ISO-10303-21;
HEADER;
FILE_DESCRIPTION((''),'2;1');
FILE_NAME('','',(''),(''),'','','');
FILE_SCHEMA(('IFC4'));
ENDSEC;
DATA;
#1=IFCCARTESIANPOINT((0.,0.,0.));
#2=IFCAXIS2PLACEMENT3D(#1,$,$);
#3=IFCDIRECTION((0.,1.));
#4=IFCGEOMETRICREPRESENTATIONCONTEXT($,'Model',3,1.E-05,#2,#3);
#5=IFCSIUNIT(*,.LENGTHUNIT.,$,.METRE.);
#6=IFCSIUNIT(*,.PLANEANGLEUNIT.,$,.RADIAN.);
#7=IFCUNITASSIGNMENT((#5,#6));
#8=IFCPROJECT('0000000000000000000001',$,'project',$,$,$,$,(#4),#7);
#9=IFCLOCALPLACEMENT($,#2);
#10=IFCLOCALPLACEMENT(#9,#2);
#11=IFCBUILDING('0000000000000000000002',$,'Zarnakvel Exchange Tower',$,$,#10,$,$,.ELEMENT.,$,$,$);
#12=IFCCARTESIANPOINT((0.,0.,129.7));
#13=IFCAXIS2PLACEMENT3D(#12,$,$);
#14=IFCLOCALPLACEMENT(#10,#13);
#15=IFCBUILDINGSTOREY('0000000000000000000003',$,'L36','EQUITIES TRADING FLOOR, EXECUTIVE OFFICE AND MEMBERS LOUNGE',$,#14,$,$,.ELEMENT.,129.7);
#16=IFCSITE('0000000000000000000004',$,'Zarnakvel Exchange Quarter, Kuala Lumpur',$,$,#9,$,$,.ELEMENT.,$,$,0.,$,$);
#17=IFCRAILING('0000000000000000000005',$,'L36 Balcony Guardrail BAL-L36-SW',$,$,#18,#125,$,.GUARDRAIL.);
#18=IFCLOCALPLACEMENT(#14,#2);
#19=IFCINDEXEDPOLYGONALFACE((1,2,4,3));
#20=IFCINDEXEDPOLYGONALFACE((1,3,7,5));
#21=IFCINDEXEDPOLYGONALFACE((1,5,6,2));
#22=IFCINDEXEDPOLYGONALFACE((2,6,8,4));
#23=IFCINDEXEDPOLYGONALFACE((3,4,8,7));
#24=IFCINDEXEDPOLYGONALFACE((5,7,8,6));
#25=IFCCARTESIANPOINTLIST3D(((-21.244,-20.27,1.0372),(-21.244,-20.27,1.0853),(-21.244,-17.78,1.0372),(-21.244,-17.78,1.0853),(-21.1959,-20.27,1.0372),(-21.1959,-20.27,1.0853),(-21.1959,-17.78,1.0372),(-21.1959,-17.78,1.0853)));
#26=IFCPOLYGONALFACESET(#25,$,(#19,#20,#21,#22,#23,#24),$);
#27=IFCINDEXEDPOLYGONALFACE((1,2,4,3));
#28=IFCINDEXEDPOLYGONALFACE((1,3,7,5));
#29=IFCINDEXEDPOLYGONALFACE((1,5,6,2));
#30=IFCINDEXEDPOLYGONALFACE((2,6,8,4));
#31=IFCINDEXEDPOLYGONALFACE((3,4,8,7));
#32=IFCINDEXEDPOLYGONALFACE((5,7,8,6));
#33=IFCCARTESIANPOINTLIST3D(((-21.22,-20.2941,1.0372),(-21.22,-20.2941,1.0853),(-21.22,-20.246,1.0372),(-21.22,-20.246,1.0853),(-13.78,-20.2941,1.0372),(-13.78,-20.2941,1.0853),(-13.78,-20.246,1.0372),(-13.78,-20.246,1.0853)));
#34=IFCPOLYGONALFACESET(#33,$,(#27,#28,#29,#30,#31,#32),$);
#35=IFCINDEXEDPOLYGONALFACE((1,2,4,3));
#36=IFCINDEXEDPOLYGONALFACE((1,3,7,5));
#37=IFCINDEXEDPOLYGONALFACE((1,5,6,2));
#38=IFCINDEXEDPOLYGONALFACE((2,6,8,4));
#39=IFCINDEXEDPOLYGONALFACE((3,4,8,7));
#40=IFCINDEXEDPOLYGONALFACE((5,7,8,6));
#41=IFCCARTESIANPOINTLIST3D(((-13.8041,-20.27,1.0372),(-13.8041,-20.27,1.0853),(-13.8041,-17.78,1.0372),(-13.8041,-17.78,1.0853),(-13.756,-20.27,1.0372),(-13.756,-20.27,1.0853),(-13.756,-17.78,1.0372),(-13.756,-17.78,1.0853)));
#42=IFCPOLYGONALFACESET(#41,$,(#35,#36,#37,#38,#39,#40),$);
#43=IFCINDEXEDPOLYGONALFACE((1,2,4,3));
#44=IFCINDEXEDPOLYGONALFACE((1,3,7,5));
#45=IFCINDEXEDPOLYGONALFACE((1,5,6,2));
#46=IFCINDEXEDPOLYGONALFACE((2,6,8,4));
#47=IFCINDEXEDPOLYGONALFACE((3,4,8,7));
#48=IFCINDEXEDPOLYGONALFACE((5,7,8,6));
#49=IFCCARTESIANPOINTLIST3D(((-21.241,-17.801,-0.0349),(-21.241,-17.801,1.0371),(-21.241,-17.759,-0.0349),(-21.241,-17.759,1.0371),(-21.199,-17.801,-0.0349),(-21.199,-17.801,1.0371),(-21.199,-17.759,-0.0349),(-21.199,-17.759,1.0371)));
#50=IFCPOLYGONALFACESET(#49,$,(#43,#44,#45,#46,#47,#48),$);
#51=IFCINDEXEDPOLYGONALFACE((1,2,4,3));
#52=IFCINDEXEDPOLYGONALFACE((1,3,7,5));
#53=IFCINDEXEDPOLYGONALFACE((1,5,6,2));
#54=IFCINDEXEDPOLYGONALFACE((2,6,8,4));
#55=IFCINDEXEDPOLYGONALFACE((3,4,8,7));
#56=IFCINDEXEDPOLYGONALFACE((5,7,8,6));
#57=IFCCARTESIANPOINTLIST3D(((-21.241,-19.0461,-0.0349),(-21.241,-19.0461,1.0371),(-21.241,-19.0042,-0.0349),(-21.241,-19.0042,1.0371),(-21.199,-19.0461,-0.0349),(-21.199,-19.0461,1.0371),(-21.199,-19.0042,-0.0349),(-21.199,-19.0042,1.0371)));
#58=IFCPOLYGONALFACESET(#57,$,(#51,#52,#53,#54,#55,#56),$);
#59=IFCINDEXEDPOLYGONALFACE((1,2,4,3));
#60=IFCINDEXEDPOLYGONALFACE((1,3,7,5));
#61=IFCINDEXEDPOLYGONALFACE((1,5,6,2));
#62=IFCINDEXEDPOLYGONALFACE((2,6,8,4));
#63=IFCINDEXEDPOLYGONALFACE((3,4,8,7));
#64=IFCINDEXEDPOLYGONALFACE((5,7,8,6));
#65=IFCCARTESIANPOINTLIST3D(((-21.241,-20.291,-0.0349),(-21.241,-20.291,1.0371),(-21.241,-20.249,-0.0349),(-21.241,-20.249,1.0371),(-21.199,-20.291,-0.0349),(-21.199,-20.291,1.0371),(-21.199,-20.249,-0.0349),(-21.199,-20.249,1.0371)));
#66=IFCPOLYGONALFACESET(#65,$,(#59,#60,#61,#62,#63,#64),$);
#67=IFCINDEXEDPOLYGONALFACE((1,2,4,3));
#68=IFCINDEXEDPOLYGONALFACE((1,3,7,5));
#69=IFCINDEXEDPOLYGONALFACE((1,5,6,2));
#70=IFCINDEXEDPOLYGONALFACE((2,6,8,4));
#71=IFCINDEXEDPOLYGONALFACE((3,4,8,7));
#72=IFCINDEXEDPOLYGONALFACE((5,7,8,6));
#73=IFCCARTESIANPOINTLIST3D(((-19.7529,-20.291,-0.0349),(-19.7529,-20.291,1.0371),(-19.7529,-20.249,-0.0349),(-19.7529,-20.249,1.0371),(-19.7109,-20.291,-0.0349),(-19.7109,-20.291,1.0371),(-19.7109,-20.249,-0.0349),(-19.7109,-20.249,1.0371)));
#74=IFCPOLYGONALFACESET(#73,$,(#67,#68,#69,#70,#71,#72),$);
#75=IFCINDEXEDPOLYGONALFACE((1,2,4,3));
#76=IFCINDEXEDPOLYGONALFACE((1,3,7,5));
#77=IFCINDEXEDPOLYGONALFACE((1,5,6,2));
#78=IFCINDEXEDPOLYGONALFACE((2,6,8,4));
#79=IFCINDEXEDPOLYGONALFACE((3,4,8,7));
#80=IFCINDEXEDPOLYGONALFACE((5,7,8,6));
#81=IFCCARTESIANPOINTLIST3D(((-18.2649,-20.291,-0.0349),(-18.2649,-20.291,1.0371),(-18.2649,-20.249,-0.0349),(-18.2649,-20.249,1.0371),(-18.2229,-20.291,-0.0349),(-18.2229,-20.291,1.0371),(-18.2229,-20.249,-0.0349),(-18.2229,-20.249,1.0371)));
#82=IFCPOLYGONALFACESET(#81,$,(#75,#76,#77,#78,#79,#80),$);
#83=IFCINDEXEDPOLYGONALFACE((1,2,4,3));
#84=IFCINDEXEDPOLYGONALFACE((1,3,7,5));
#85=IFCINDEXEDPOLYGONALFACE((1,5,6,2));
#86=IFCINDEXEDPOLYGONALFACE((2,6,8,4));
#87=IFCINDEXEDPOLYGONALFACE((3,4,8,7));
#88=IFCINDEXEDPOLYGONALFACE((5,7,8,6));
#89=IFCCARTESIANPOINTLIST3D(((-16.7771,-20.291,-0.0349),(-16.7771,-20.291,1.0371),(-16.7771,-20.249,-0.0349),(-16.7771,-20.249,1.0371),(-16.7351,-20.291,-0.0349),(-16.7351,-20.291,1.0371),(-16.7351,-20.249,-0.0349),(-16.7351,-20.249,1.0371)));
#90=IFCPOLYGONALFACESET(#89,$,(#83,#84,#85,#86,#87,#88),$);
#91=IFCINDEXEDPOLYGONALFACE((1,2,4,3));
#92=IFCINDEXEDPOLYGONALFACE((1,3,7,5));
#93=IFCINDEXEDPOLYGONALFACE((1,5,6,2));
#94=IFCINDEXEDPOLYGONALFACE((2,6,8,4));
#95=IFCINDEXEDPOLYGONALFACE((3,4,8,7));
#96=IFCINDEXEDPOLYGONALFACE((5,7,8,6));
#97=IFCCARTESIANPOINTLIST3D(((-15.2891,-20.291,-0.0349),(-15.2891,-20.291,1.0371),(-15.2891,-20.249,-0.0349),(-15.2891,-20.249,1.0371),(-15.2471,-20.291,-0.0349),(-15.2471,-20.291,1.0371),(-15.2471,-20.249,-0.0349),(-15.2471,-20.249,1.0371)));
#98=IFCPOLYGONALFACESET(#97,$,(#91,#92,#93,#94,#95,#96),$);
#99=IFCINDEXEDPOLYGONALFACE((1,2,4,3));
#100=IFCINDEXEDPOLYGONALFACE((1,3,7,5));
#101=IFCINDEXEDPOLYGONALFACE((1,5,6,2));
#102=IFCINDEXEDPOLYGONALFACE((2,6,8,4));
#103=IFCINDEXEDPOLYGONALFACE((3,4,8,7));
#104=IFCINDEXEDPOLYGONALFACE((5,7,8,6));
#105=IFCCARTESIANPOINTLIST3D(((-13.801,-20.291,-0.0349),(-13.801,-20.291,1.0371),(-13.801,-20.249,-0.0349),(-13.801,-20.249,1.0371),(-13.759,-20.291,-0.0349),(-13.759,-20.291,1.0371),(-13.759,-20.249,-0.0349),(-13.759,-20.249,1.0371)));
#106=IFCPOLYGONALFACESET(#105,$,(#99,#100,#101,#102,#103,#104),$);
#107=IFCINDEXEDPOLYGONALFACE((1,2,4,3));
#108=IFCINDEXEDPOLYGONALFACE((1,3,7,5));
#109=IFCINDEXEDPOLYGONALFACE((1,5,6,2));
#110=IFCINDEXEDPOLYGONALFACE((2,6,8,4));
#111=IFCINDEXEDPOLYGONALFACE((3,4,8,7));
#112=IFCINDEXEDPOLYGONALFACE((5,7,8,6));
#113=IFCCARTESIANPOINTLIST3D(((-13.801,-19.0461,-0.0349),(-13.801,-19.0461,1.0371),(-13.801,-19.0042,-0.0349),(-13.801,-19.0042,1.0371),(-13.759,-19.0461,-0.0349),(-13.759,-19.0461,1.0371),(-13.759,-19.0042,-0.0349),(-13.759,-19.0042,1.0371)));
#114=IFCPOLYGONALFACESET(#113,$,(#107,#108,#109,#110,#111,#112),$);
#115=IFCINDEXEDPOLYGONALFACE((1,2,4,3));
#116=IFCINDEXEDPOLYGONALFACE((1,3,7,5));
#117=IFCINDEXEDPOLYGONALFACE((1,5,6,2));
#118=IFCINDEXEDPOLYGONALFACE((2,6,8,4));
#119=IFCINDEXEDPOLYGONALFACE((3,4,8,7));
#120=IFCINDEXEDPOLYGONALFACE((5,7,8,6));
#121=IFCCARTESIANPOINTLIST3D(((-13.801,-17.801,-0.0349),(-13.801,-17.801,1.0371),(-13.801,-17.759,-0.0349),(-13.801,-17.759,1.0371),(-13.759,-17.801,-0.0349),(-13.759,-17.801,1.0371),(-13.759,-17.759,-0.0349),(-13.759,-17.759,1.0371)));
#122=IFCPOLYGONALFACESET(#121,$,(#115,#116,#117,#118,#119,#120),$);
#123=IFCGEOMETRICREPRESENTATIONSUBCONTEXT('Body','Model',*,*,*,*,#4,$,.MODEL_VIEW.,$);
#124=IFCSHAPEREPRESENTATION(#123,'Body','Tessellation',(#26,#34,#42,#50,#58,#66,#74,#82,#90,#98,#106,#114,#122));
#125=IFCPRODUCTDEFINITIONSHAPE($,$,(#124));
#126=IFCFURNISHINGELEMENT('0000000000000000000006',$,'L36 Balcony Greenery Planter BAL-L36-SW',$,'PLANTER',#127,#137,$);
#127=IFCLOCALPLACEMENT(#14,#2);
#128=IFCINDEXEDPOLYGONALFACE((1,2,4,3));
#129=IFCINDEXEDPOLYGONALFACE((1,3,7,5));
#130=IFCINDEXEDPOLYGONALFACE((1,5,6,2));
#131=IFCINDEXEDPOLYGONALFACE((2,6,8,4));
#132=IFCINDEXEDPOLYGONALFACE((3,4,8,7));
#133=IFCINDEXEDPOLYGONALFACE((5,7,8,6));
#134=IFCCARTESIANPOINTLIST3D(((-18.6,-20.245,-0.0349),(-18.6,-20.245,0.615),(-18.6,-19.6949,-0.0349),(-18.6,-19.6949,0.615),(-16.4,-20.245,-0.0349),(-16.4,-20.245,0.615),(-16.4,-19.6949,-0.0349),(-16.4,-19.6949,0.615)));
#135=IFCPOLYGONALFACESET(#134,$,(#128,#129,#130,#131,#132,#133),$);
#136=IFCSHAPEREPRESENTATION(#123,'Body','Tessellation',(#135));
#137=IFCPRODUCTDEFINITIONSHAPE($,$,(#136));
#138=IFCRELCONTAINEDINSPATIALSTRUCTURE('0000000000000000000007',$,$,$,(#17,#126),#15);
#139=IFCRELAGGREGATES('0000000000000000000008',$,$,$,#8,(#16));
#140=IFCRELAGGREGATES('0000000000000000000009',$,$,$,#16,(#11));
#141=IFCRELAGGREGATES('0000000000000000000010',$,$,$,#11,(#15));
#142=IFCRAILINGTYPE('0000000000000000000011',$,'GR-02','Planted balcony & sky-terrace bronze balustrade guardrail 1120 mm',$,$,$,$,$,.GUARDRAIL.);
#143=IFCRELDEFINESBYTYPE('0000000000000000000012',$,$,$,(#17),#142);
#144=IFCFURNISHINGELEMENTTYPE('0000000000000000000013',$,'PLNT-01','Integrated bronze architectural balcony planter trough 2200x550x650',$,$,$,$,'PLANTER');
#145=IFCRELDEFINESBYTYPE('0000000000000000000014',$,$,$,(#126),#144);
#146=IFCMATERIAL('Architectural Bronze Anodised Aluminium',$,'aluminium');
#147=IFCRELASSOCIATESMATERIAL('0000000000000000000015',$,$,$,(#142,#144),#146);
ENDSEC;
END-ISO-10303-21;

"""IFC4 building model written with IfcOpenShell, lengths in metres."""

from ifc_helpers import new_model, si_unit, direction, frame, origin, origin_2d, place, context, subcontext, project, spatial, rectangle, extrude, source, transform, mapped, material, type_object, element, save


model = new_model("IFC4")

# Units and contexts
model_context = context("Model", 3, precision=1e-05, world=origin(), true_north=direction((0.0, 1.0)))
body_context = subcontext(model_context, "Body", "Model", "MODEL_VIEW")
ifc_project = project(units=[si_unit("LENGTHUNIT", "METRE"), si_unit("PLANEANGLEUNIT", "RADIAN")], contexts=[model_context])

# Site, building, storey
site_placement = place(None, origin())
site = spatial("IfcSite", under=ifc_project, at=site_placement, Name="Zarnakvel Exchange Quarter, Kuala Lumpur", CompositionType="ELEMENT", RefElevation=0.0)
building_placement = place(site_placement, origin())
building = spatial("IfcBuilding", under=site, at=building_placement, Name="Zarnakvel Exchange Tower", CompositionType="ELEMENT")
storey_placement = place(building_placement, frame((0.0, 0.0, 129.7)))
storey = spatial("IfcBuildingStorey", under=building, at=storey_placement, Name="L36", Description="EQUITIES TRADING FLOOR, EXECUTIVE OFFICE AND MEMBERS LOUNGE", CompositionType="ELEMENT", Elevation=129.7)

# Railing
ifc_material_1 = material(Name="Architectural Bronze Anodised Aluminium", Category="aluminium")
railing_type = type_object("IfcRailingType", Name="GR-02", Description="Planted balcony & sky-terrace bronze balustrade guardrail 1120 mm", PredefinedType="GUARDRAIL", material=ifc_material_1)
railing_placement = place(storey_placement, frame((-21.22, -17.78, -0.0349)))
element("IfcRailing", 1, at=railing_placement, inside=storey, type_object=railing_type, Name="L36 Balcony Guardrail BAL-L36-SW", PredefinedType="GUARDRAIL", context=body_context, shape_type="SweptSolid", body=[
    extrude(rectangle(XDim=0.0481, YDim=0.0481, at=origin_2d()), frame((0.0, 0.0, 1.0962), z_axis=(0.0, -1.0, 0.0), x_axis=(1.0, 0.0, 0.0)), (0.0, 0.0, 1.0), 2.49),
    extrude(rectangle(XDim=0.0481, YDim=0.0481, at=origin_2d()), frame((0.0, -2.49, 1.0962), z_axis=(1.0, 0.0, 0.0), x_axis=(0.0, 1.0, 0.0)), (0.0, 0.0, 1.0), 7.4399),
    extrude(rectangle(XDim=0.0481, YDim=0.0481, at=origin_2d()), frame((7.4399, -2.49, 1.0962), z_axis=(0.0, 1.0, 0.0), x_axis=(-1.0, 0.0, 0.0)), (0.0, 0.0, 1.0), 2.49),
    extrude(rectangle(XDim=0.042, YDim=0.042, at=origin_2d()), origin(), (0.0, 0.0, 1.0), 1.072),
    extrude(rectangle(XDim=0.042, YDim=0.042, at=origin_2d()), frame((0.0, -1.2451, 0.0)), (0.0, 0.0, 1.0), 1.072),
    extrude(rectangle(XDim=0.042, YDim=0.042, at=origin_2d()), frame((0.0, -2.49, 0.0)), (0.0, 0.0, 1.0), 1.072),
    extrude(rectangle(XDim=0.042, YDim=0.042, at=origin_2d()), frame((1.488, -2.49, 0.0)), (0.0, 0.0, 1.0), 1.072),
    extrude(rectangle(XDim=0.042, YDim=0.042, at=origin_2d()), frame((2.9761, -2.49, 0.0)), (0.0, 0.0, 1.0), 1.072),
    extrude(rectangle(XDim=0.042, YDim=0.042, at=origin_2d()), frame((4.4639, -2.49, 0.0)), (0.0, 0.0, 1.0), 1.072),
    extrude(rectangle(XDim=0.042, YDim=0.042, at=origin_2d()), frame((5.9519, -2.49, 0.0)), (0.0, 0.0, 1.0), 1.072),
    extrude(rectangle(XDim=0.042, YDim=0.042, at=origin_2d()), frame((7.4399, -2.49, 0.0)), (0.0, 0.0, 1.0), 1.072),
    extrude(rectangle(XDim=0.042, YDim=0.042, at=origin_2d()), frame((7.4399, -1.2451, 0.0)), (0.0, 0.0, 1.0), 1.072),
    extrude(rectangle(XDim=0.042, YDim=0.042, at=origin_2d()), frame((7.4399, 0.0, 0.0)), (0.0, 0.0, 1.0), 1.072),
])

# Furnishing element
furnishing_element_type = type_object("IfcFurnishingElementType", Name="PLNT-01", Description="Integrated bronze architectural balcony planter trough 2200x550x650", ElementType="PLANTER", material=ifc_material_1)
shared_shape = source(origin(), body_context, "Body", "SweptSolid", [
    extrude(rectangle(XDim=2.2, YDim=0.55, at=origin_2d()), origin(), (0.0, 0.0, 1.0), 0.6499),
])
furnishing_placement = place(storey_placement, frame((-17.5, -19.97, -0.0349), z_axis=(0.0, 0.0, 1.0), x_axis=(1.0, 0.0, 0.0)))
element("IfcFurnishingElement", 2, at=furnishing_placement, inside=storey, type_object=furnishing_element_type, Name="L36 Balcony Greenery Planter BAL-L36-SW", ObjectType="PLANTER", context=body_context, shape_type="MappedRepresentation", body=[
    mapped(shared_shape, transform((0.0, 0.0, 0.0), x_axis=(1.0, 0.0, 0.0), y_axis=(0.0, 1.0, 0.0), z_axis=(0.0, 0.0, 1.0), scale=1.0)),
])

save(model, "model.ifc")
